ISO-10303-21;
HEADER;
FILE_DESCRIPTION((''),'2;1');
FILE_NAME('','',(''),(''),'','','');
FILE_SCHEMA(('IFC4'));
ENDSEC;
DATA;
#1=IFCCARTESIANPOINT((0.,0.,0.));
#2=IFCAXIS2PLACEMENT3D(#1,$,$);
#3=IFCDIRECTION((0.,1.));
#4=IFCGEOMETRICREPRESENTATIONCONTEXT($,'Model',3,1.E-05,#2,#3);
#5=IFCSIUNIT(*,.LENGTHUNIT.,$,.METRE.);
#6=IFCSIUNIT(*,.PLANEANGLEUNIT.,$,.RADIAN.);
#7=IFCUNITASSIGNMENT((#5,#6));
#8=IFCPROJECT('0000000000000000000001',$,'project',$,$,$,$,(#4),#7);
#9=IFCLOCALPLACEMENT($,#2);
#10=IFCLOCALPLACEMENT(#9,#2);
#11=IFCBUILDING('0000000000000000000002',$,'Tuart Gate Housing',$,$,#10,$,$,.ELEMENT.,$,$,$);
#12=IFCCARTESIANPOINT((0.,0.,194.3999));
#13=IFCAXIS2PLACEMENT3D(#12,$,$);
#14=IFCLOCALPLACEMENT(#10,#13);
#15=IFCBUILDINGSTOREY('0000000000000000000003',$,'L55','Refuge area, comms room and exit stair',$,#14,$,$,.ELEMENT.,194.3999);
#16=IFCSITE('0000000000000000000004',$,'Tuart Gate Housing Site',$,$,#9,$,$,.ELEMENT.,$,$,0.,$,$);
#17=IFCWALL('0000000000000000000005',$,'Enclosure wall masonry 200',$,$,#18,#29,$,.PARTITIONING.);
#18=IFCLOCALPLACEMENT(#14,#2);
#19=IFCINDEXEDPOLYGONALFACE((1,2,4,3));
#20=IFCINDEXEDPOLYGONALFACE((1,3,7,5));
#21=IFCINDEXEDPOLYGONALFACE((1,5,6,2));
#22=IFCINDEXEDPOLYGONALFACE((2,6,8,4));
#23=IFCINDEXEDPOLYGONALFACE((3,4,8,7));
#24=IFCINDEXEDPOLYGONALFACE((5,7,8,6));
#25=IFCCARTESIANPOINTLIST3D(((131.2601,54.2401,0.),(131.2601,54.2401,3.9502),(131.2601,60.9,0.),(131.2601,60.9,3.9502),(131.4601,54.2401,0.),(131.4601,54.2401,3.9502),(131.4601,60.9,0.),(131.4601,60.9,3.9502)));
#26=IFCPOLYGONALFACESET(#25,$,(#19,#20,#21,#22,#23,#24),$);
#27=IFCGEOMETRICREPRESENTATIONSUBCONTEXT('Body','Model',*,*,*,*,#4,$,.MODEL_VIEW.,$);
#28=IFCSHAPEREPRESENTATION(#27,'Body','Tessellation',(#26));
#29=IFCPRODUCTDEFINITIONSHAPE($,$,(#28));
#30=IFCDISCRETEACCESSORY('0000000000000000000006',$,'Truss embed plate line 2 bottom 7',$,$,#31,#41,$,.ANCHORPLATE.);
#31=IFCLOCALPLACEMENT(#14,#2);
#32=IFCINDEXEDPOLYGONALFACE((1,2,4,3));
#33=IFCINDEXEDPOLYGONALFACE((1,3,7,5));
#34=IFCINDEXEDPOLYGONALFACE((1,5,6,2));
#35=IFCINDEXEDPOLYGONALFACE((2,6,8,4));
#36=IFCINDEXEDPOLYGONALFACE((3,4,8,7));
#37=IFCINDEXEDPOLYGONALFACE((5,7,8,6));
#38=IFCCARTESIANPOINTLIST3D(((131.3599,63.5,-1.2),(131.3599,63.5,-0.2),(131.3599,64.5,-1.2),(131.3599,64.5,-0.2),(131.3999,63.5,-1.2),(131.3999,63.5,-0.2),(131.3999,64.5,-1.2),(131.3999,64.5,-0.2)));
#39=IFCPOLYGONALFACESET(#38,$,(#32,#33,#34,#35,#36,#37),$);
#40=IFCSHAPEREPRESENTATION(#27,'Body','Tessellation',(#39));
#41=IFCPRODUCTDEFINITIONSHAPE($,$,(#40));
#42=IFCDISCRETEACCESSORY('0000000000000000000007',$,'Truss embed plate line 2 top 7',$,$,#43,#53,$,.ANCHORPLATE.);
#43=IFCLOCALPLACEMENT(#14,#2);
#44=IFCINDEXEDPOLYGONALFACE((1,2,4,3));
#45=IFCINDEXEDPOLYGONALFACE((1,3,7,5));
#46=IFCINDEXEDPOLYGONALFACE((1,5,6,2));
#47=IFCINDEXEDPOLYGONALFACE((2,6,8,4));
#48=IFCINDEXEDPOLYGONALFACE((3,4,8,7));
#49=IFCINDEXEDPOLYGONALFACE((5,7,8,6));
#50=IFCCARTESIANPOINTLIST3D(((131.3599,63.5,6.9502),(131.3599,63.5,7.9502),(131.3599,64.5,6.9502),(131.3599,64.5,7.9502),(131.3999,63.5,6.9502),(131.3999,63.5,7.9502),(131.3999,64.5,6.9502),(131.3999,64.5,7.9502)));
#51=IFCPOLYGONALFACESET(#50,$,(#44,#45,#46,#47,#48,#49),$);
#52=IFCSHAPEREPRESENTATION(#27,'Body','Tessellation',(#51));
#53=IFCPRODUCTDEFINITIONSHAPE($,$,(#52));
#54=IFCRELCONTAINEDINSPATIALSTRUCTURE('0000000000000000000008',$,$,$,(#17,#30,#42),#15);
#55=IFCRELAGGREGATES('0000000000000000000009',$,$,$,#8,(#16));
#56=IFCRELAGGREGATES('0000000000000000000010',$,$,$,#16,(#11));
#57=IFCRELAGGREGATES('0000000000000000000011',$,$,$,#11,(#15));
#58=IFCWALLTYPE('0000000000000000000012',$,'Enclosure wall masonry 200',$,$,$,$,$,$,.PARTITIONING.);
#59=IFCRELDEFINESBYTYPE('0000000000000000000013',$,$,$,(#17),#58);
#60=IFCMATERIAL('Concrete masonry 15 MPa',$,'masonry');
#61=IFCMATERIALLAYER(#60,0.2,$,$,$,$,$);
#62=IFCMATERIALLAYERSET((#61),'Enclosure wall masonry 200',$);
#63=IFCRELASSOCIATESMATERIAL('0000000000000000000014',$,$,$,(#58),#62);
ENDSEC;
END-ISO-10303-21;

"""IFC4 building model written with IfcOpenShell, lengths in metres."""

from ifc_helpers import new_model, si_unit, direction, frame, frame_2d, origin, origin_2d, place, context, subcontext, project, spatial, rectangle, extrude, material, layer, layer_set, type_object, element, save


model = new_model("IFC4")

# Units and contexts
model_context = context("Model", 3, precision=1e-05, world=origin(), true_north=direction((0.0, 1.0)))
body_context = subcontext(model_context, "Body", "Model", "MODEL_VIEW")
ifc_project = project(units=[si_unit("LENGTHUNIT", "METRE"), si_unit("PLANEANGLEUNIT", "RADIAN")], contexts=[model_context])

# Site, building, storey
site_placement = place(None, origin())
site = spatial("IfcSite", under=ifc_project, at=site_placement, Name="Tuart Gate Housing Site", CompositionType="ELEMENT", RefElevation=0.0)
building_placement = place(site_placement, origin())
building = spatial("IfcBuilding", under=site, at=building_placement, Name="Tuart Gate Housing", CompositionType="ELEMENT")
storey_placement = place(building_placement, frame((0.0, 0.0, 194.3999)))
storey = spatial("IfcBuildingStorey", under=building, at=storey_placement, Name="L55", Description="Refuge area, comms room and exit stair", CompositionType="ELEMENT", Elevation=194.3999)

# Wall
ifc_material_1 = material(Name="Concrete masonry 15 MPa", Category="masonry")
ifc_layer = layer(ifc_material_1, 0.2)
ifc_layer_set = layer_set([ifc_layer], Name="Enclosure wall masonry 200")
wall_type = type_object("IfcWallType", Name="Enclosure wall masonry 200", PredefinedType="PARTITIONING", material=ifc_layer_set)
wall_1_placement = place(storey_placement, frame((131.3601, 54.24, 0.0), z_axis=(0.0, 0.0, 1.0), x_axis=(0.0, 1.0, 0.0)))
element("IfcWall", 1, at=wall_1_placement, inside=storey, type_object=wall_type, Name="Enclosure wall masonry 200", PredefinedType="PARTITIONING", context=body_context, shape_type="SweptSolid", body=[
    extrude(rectangle(XDim=6.6599, YDim=0.2, at=frame_2d((3.3301, 0.0))), origin(), (0.0, 0.0, 1.0), 3.9502),
])

# Discrete accessories
for number, where, z_axis, x_axis, name in (
    (2, (131.3799, 64.0, -1.2), (0.0, 0.0, 1.0), (1.0, 0.0, 0.0), "Truss embed plate line 2 bottom 7"),
    (3, (131.3799, 64.0, 6.9502), (0.0, 0.0, 1.0), (1.0, 0.0, 0.0), "Truss embed plate line 2 top 7"),
):
    element("IfcDiscreteAccessory", number, at=place(storey_placement, frame(where, z_axis=z_axis, x_axis=x_axis)), inside=storey, Name=name, PredefinedType="ANCHORPLATE", context=body_context, shape_type="SweptSolid", body=[
        extrude(rectangle(XDim=0.04, YDim=1.0, at=origin_2d()), origin(), (0.0, 0.0, 1.0), 1.0),
    ])

save(model, "model.ifc")
